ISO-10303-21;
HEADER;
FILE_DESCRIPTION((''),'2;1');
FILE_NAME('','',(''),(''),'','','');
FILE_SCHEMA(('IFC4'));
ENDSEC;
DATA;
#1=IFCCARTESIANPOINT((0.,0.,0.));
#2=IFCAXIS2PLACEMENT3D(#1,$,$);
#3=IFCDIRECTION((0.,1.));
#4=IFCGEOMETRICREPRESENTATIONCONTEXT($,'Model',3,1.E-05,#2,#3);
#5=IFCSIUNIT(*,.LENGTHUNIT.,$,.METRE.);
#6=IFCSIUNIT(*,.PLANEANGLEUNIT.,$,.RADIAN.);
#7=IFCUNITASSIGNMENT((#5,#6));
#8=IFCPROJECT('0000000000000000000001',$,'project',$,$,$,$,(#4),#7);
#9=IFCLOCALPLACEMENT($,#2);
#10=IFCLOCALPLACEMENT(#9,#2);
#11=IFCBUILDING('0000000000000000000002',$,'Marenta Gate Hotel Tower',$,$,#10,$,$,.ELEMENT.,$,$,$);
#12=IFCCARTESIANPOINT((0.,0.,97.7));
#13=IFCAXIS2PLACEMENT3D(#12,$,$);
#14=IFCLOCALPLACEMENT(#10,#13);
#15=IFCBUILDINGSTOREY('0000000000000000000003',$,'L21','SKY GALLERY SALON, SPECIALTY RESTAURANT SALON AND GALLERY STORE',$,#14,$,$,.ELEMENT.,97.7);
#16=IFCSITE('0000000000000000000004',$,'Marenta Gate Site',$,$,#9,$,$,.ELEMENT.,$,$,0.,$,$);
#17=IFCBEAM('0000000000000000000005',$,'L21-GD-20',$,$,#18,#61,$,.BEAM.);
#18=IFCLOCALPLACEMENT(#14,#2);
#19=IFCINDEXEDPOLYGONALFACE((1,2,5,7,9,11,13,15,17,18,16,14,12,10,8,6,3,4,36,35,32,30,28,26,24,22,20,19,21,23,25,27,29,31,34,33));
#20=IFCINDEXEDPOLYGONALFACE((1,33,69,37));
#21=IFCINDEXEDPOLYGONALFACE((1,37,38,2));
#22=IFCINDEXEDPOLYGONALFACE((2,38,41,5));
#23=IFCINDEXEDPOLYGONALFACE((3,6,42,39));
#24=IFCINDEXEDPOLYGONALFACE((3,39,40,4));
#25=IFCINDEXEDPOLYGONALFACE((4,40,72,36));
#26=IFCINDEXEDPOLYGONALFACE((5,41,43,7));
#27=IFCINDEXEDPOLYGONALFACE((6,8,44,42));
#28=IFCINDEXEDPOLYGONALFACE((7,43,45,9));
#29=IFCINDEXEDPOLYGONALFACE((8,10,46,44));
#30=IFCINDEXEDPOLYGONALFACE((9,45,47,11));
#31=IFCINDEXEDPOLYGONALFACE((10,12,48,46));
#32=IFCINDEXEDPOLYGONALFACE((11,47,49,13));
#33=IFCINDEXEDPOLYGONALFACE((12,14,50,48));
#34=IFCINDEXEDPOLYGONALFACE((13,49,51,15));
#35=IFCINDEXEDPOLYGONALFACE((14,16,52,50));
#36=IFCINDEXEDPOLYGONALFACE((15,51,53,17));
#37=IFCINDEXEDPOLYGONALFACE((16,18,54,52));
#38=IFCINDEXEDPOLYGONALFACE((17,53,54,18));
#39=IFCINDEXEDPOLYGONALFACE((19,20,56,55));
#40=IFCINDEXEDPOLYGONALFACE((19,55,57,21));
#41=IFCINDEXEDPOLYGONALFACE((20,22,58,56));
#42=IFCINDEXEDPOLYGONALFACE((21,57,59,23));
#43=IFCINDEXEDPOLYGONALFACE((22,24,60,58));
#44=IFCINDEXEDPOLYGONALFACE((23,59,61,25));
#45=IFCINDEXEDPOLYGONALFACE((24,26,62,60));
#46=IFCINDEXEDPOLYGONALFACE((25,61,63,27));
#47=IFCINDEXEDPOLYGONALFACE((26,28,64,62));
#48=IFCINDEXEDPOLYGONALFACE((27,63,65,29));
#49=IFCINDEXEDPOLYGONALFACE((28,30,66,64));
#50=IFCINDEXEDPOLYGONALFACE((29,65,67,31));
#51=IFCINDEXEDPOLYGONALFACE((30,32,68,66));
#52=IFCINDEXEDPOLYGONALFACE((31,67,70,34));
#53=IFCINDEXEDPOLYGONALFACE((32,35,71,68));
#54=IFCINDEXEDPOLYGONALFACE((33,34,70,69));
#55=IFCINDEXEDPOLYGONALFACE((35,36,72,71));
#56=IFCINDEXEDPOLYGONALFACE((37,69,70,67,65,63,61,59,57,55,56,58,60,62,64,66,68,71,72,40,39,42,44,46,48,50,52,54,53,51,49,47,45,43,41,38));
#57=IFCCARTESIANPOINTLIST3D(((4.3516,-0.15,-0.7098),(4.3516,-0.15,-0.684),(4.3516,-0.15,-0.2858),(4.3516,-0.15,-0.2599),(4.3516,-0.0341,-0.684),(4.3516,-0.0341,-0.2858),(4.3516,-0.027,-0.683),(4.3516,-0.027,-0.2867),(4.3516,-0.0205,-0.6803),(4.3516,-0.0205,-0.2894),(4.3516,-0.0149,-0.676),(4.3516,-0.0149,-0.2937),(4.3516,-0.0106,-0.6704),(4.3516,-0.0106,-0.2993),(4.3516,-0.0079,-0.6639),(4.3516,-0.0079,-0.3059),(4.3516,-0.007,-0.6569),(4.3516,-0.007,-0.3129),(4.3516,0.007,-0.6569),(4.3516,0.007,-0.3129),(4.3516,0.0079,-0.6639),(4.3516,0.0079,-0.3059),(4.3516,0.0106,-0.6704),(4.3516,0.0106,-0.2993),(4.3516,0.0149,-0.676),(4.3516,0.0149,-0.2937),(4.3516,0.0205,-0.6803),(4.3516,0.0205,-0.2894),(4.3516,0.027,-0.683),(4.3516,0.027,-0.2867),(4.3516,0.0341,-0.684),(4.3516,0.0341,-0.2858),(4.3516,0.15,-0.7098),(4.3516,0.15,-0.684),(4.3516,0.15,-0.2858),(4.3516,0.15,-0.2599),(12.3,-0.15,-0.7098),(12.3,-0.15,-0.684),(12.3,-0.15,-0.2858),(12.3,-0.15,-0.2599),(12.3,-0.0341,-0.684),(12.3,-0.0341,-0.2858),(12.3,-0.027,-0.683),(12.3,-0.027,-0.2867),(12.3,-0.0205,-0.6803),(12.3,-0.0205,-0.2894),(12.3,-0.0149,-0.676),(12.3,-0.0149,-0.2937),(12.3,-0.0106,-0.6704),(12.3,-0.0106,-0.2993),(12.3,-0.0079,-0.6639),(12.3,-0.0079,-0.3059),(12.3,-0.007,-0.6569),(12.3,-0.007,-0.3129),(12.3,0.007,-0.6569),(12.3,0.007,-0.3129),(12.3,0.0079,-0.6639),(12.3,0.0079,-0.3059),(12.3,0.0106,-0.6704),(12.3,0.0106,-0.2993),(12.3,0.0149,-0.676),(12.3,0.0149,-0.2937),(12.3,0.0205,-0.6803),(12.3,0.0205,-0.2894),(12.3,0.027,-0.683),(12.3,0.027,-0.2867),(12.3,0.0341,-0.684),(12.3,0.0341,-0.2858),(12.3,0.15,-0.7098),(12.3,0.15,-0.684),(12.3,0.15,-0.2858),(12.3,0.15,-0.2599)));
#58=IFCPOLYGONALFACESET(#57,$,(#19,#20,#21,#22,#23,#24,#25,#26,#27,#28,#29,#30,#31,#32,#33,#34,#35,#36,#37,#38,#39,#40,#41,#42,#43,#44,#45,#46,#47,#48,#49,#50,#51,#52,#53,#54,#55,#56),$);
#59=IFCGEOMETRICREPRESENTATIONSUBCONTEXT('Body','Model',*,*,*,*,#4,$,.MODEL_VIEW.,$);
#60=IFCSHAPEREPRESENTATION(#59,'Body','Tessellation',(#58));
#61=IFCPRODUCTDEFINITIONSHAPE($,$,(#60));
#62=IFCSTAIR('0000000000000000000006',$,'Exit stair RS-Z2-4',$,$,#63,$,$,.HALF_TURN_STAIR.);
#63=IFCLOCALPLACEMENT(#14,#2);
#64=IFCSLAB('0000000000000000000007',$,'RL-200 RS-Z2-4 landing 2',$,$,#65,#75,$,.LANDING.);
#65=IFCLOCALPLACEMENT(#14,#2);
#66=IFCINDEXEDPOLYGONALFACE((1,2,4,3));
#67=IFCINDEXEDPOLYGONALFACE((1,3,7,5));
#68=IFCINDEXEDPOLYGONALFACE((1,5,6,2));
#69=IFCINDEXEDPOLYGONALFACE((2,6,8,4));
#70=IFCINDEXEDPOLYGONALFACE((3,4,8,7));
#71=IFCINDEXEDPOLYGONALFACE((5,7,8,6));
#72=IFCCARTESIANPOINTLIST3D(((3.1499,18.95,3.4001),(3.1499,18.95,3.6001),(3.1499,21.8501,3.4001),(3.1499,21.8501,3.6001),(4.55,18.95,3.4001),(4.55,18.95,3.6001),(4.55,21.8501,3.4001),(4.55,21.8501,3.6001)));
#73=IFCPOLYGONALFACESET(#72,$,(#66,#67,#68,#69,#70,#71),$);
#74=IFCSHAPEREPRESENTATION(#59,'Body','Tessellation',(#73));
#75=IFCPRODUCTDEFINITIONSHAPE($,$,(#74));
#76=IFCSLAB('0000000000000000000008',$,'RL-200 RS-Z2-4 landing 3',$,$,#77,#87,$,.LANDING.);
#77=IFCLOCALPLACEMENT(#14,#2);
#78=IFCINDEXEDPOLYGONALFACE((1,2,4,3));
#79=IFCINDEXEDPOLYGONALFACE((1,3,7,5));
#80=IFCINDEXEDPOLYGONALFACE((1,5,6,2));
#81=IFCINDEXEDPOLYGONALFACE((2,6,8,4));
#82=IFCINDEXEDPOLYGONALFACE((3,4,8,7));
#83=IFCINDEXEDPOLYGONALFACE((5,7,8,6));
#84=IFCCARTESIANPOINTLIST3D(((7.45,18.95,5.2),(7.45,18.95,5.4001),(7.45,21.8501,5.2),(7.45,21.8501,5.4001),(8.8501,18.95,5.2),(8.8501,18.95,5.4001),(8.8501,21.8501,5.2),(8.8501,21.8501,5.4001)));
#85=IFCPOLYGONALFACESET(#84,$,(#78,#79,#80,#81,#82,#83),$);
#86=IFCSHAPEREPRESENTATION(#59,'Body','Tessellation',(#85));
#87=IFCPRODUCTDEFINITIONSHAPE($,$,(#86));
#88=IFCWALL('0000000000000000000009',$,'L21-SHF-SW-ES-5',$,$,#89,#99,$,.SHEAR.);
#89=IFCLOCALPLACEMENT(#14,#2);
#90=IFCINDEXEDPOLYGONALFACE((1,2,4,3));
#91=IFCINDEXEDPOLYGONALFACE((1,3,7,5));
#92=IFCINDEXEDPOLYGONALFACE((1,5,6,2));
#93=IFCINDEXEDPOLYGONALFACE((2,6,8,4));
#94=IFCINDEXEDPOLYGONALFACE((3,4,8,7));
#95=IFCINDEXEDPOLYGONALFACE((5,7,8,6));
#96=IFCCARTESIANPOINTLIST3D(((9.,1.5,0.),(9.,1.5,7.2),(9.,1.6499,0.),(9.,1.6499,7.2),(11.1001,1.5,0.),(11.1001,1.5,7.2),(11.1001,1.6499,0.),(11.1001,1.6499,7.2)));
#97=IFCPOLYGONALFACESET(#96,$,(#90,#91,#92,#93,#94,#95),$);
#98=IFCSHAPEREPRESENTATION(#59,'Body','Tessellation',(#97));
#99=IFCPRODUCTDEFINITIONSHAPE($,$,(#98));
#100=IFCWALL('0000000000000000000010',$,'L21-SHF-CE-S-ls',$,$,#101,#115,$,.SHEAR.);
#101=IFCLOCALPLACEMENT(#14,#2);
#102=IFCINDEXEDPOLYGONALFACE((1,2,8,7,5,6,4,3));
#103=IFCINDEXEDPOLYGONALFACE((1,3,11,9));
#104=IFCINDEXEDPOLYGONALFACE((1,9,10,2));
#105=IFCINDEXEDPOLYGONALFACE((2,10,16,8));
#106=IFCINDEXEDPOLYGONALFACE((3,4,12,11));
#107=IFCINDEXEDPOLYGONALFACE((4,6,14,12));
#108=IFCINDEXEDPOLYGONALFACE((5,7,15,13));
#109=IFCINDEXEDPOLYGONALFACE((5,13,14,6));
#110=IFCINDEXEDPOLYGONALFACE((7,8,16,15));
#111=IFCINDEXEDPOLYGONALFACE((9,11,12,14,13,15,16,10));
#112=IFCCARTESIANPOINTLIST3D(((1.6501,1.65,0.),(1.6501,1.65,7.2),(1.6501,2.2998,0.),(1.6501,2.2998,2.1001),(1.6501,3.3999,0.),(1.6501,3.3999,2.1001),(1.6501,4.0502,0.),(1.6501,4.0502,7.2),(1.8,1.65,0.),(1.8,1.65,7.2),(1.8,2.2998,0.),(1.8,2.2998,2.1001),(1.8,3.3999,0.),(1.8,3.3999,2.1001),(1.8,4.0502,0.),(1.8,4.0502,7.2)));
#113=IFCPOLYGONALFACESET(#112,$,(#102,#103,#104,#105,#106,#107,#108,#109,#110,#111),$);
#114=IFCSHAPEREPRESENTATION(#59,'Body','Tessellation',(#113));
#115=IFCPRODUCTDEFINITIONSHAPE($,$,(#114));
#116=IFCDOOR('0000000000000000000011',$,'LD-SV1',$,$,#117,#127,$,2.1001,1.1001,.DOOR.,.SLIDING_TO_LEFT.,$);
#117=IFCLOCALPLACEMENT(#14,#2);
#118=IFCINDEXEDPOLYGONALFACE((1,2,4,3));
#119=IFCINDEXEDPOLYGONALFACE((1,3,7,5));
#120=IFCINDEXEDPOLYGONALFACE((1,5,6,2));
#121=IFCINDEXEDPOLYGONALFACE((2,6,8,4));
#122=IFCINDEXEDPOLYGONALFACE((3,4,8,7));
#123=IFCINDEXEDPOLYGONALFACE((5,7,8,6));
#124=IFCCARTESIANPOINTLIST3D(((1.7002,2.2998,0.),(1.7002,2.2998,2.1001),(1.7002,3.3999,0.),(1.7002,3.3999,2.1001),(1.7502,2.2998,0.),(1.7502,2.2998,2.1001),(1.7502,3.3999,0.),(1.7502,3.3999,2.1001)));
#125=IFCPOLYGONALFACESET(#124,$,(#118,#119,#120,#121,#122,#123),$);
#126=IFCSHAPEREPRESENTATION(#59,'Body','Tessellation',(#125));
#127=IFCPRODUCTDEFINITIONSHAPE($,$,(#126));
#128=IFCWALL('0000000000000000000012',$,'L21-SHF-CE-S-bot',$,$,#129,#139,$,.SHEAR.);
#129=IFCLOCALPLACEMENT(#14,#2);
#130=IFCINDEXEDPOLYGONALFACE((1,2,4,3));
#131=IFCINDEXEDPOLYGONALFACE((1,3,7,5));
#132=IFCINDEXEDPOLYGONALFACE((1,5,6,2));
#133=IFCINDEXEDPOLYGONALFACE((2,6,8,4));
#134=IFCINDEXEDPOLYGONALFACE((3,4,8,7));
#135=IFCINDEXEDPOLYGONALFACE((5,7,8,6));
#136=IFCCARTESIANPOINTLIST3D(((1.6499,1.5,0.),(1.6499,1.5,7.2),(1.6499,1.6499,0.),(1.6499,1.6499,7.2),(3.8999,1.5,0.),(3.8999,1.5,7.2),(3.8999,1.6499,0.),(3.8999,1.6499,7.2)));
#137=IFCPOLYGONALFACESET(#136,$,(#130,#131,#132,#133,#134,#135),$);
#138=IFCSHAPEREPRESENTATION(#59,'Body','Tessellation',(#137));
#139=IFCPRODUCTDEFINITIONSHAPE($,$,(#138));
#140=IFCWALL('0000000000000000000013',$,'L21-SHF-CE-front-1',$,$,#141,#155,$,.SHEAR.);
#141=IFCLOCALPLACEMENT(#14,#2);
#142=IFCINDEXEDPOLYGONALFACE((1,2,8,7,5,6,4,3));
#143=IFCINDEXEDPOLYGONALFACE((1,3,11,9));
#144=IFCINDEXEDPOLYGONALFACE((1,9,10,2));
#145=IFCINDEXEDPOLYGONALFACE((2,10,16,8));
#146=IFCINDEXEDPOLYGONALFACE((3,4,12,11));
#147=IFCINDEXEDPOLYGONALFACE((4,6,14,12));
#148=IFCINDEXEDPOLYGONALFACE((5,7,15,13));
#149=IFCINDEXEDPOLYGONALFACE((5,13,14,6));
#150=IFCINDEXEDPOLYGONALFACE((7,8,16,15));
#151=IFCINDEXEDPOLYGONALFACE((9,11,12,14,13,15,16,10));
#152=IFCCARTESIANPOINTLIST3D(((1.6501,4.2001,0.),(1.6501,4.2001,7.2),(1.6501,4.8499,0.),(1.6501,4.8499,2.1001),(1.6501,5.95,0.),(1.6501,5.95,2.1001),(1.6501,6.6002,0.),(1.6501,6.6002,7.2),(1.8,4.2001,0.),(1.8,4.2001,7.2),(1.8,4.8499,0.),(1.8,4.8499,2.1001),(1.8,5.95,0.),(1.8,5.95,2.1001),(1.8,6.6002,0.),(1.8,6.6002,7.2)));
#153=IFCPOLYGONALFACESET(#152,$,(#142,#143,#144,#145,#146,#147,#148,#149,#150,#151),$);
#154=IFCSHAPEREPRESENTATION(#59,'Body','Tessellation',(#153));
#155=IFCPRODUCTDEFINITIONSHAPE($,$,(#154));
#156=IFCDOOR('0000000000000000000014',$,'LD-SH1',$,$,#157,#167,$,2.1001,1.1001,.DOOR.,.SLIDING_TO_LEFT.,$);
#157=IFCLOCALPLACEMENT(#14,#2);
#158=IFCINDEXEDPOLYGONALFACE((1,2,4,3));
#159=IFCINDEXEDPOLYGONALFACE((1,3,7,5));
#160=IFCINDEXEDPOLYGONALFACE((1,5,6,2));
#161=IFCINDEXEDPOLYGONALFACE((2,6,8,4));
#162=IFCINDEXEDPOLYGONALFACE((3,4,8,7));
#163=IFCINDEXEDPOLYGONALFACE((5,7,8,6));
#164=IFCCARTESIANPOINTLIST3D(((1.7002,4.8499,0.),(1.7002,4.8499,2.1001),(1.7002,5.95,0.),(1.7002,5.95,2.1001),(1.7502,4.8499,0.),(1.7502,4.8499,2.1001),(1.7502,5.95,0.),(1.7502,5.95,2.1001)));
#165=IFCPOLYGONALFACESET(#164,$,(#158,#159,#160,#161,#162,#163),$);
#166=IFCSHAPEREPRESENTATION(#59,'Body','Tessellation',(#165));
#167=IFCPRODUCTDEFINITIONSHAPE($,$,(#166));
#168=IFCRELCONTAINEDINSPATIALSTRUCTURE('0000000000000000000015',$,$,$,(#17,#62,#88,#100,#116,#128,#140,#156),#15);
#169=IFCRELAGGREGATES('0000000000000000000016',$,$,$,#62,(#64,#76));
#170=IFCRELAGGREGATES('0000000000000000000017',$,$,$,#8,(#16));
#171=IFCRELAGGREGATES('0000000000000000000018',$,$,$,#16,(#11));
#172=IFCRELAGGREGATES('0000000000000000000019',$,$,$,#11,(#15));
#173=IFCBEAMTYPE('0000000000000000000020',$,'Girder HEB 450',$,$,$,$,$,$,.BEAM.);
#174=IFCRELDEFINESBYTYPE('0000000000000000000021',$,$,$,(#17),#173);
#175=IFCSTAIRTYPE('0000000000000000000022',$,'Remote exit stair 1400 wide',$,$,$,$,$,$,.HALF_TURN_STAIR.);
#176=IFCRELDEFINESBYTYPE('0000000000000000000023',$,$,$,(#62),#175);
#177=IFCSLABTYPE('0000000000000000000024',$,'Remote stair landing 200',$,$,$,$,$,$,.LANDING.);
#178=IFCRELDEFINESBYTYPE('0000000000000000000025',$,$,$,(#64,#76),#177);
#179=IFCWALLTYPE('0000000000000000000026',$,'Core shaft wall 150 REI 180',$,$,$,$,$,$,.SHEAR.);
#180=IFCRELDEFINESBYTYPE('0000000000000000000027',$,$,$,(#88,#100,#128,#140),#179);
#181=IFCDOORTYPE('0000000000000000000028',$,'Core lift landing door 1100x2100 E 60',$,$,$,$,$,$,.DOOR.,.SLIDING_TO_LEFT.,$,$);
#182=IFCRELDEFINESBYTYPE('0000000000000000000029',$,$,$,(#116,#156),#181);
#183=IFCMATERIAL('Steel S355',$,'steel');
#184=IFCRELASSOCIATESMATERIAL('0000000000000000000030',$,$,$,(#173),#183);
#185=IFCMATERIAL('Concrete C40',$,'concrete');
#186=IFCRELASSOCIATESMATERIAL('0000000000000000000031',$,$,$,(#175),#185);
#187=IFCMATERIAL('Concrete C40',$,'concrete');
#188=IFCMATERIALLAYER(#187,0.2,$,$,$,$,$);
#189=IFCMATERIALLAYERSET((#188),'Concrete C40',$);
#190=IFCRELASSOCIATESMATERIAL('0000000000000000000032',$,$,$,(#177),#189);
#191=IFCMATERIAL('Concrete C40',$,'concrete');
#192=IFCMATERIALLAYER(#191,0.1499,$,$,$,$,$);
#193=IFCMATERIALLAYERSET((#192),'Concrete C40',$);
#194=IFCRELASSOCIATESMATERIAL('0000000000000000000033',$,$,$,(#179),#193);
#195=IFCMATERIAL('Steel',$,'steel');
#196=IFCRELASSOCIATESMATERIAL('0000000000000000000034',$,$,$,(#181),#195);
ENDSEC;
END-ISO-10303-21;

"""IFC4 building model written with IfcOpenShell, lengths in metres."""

from ifc_helpers import new_model, si_unit, direction, frame, frame_2d, origin, origin_2d, place, context, subcontext, project, spatial, polyline, rectangle, i_section, outline, extrude, material, layer, layer_set, material_profile, profile_set, type_object, element, fill, aggregate, save


model = new_model("IFC4")

# Units and contexts
model_context = context("Model", 3, precision=1e-05, world=origin(), true_north=direction((0.0, 1.0)))
body_context = subcontext(model_context, "Body", "Model", "MODEL_VIEW")
ifc_project = project(units=[si_unit("LENGTHUNIT", "METRE"), si_unit("PLANEANGLEUNIT", "RADIAN")], contexts=[model_context])

# Site, building, storey
site_placement = place(None, origin())
site = spatial("IfcSite", under=ifc_project, at=site_placement, Name="Marenta Gate Site", CompositionType="ELEMENT", RefElevation=0.0)
building_placement = place(site_placement, origin())
building = spatial("IfcBuilding", under=site, at=building_placement, Name="Marenta Gate Hotel Tower", CompositionType="ELEMENT")
storey_placement = place(building_placement, frame((0.0, 0.0, 97.7)))
storey = spatial("IfcBuildingStorey", under=building, at=storey_placement, Name="L21", Description="SKY GALLERY SALON, SPECIALTY RESTAURANT SALON AND GALLERY STORE", CompositionType="ELEMENT", Elevation=97.7)

# Beam
ifc_material_1 = material(Name="Steel S355", Category="steel")
ifc_material_profile = material_profile(ifc_material_1, i_section(OverallWidth=0.3, OverallDepth=0.45, WebThickness=0.0139, FlangeThickness=0.0259, FilletRadius=0.0271, at=origin_2d()), Name="HEB 450")
ifc_profile_set = profile_set([ifc_material_profile], Name="Steel S355")
beam_type = type_object("IfcBeamType", Name="Girder HEB 450", PredefinedType="BEAM", material=ifc_profile_set)
beam_placement = place(storey_placement, frame((4.3516, 0.0, -0.4849), z_axis=(1.0, 0.0, 0.0), x_axis=(0.0, 1.0, 0.0)))
element("IfcBeam", 1, at=beam_placement, inside=storey, type_object=beam_type, Name="L21-GD-20", PredefinedType="BEAM", context=body_context, shape_type="SweptSolid", body=[
    extrude(i_section(OverallWidth=0.3, OverallDepth=0.45, WebThickness=0.0139, FlangeThickness=0.0259, FilletRadius=0.0271, at=origin_2d()), origin(), (0.0, 0.0, 1.0), 7.9485),
])

# Stair, slabs
ifc_material_2 = material(Name="Concrete C40", Category="concrete")
stair_type_1 = type_object("IfcStairType", Name="Remote exit stair 1400 wide", PredefinedType="HALF_TURN_STAIR", material=ifc_material_2)
stair_1_placement = place(storey_placement, origin())
stair_1 = element("IfcStair", 2, at=stair_1_placement, inside=storey, type_object=stair_type_1, Name="Exit stair RS-Z2-4", PredefinedType="HALF_TURN_STAIR")
ifc_material_3 = material(Name="Concrete C40", Category="concrete")
ifc_layer_1 = layer(ifc_material_3, 0.2)
ifc_layer_set_1 = layer_set([ifc_layer_1], Name="Concrete C40")
slab_type = type_object("IfcSlabType", Name="Remote stair landing 200", PredefinedType="LANDING", material=ifc_layer_set_1)
slab_1_placement = place(storey_placement, frame((0.0, 0.0, 3.4001)))
slab_1 = element("IfcSlab", 3, at=slab_1_placement, type_object=slab_type, Name="RL-200 RS-Z2-4 landing 2", PredefinedType="LANDING", context=body_context, shape_type="SweptSolid", body=[
    extrude(outline(polyline([(3.1499, 18.95), (4.55, 18.95), (4.55, 21.8501), (3.1499, 21.8501), (3.1499, 18.95)])), origin(), (0.0, 0.0, 1.0), 0.2),
])
slab_2_placement = place(storey_placement, frame((0.0, 0.0, 5.2)))
slab_2 = element("IfcSlab", 4, at=slab_2_placement, type_object=slab_type, Name="RL-200 RS-Z2-4 landing 3", PredefinedType="LANDING", context=body_context, shape_type="SweptSolid", body=[
    extrude(outline(polyline([(7.45, 18.95), (8.8501, 18.95), (8.8501, 21.8501), (7.45, 21.8501), (7.45, 18.95)])), origin(), (0.0, 0.0, 1.0), 0.2002),
])
aggregate(stair_1, [slab_1, slab_2])

# Wall
ifc_material_4 = material(Name="Concrete C40", Category="concrete")
ifc_layer_2 = layer(ifc_material_4, 0.1499)
ifc_layer_set_2 = layer_set([ifc_layer_2], Name="Concrete C40")
wall_type_1 = type_object("IfcWallType", Name="Core shaft wall 150 REI 180", PredefinedType="SHEAR", material=ifc_layer_set_2)
wall_1_placement = place(storey_placement, frame((9.0, 1.575, 0.0), z_axis=(0.0, 0.0, 1.0), x_axis=(1.0, 0.0, 0.0)))
element("IfcWall", 5, at=wall_1_placement, inside=storey, type_object=wall_type_1, Name="L21-SHF-SW-ES-5", PredefinedType="SHEAR", context=body_context, shape_type="SweptSolid", body=[
    extrude(rectangle(XDim=2.1001, YDim=0.1499, at=frame_2d((1.05, 0.0))), origin(), (0.0, 0.0, 1.0), 7.2),
])

# Wall, opening, door
wall_2_placement = place(storey_placement, frame((1.7251, 1.6499, 0.0), z_axis=(0.0, 0.0, 1.0), x_axis=(0.0, 1.0, 0.0)))
wall_2 = element("IfcWall", 6, at=wall_2_placement, inside=storey, type_object=wall_type_1, Name="L21-SHF-CE-S-ls", PredefinedType="SHEAR", context=body_context, shape_type="SweptSolid", body=[
    extrude(rectangle(XDim=2.4001, YDim=0.1499, at=frame_2d((1.2002, 0.0))), origin(), (0.0, 0.0, 1.0), 7.2),
])
opening_1_placement = place(wall_2_placement, frame((0.6499, 0.0, 0.0)))
opening_1 = element("IfcOpeningElement", 7, at=opening_1_placement, cuts=wall_2, PredefinedType="OPENING", context=body_context, shape_type="SweptSolid", body=[
    extrude(rectangle(XDim=1.1001, YDim=2.1001, at=frame_2d((0.55, 1.05))), frame((0.0, 0.075, 0.0), z_axis=(0.0, -1.0, 0.0), x_axis=(1.0, 0.0, 0.0)), (0.0, 0.0, 1.0), 0.1499),
])
ifc_material_5 = material(Name="Steel", Category="steel")
door_type_1 = type_object("IfcDoorType", Name="Core lift landing door 1100x2100 E 60", OperationType="SLIDING_TO_LEFT", PredefinedType="DOOR", material=ifc_material_5)
door_1_placement = place(opening_1_placement, origin())
door_1 = element("IfcDoor", 8, at=door_1_placement, inside=storey, type_object=door_type_1, Name="LD-SV1", OperationType="SLIDING_TO_LEFT", OverallHeight=2.1001, OverallWidth=1.1001, PredefinedType="DOOR", context=body_context, shape_type="SweptSolid", body=[
    extrude(rectangle(XDim=1.1001, YDim=2.1001, at=frame_2d((0.55, 1.05))), frame((0.0, 0.0249, 0.0), z_axis=(0.0, -1.0, 0.0), x_axis=(1.0, 0.0, 0.0)), (0.0, 0.0, 1.0), 0.05),
])
fill(opening_1, door_1)

# Wall
wall_3_placement = place(storey_placement, frame((1.6499, 1.575, 0.0), z_axis=(0.0, 0.0, 1.0), x_axis=(1.0, 0.0, 0.0)))
element("IfcWall", 9, at=wall_3_placement, inside=storey, type_object=wall_type_1, Name="L21-SHF-CE-S-bot", PredefinedType="SHEAR", context=body_context, shape_type="SweptSolid", body=[
    extrude(rectangle(XDim=2.25, YDim=0.1499, at=frame_2d((1.125, 0.0))), origin(), (0.0, 0.0, 1.0), 7.2),
])

# Wall, opening, door
wall_4_placement = place(storey_placement, frame((1.7251, 4.2, 0.0), z_axis=(0.0, 0.0, 1.0), x_axis=(0.0, 1.0, 0.0)))
wall_4 = element("IfcWall", 10, at=wall_4_placement, inside=storey, type_object=wall_type_1, Name="L21-SHF-CE-front-1", PredefinedType="SHEAR", context=body_context, shape_type="SweptSolid", body=[
    extrude(rectangle(XDim=2.4001, YDim=0.1499, at=frame_2d((1.2002, 0.0))), origin(), (0.0, 0.0, 1.0), 7.2),
])
opening_2_placement = place(wall_4_placement, frame((0.6499, 0.0, 0.0)))
opening_2 = element("IfcOpeningElement", 11, at=opening_2_placement, cuts=wall_4, PredefinedType="OPENING", context=body_context, shape_type="SweptSolid", body=[
    extrude(rectangle(XDim=1.1001, YDim=2.1001, at=frame_2d((0.55, 1.05))), frame((0.0, 0.075, 0.0), z_axis=(0.0, -1.0, 0.0), x_axis=(1.0, 0.0, 0.0)), (0.0, 0.0, 1.0), 0.1499),
])
door_2_placement = place(opening_2_placement, origin())
door_2 = element("IfcDoor", 12, at=door_2_placement, inside=storey, type_object=door_type_1, Name="LD-SH1", OperationType="SLIDING_TO_LEFT", OverallHeight=2.1001, OverallWidth=1.1001, PredefinedType="DOOR", context=body_context, shape_type="SweptSolid", body=[
    extrude(rectangle(XDim=1.1001, YDim=2.1001, at=frame_2d((0.55, 1.05))), frame((0.0, 0.0249, 0.0), z_axis=(0.0, -1.0, 0.0), x_axis=(1.0, 0.0, 0.0)), (0.0, 0.0, 1.0), 0.05),
])
fill(opening_2, door_2)

save(model, "model.ifc")
